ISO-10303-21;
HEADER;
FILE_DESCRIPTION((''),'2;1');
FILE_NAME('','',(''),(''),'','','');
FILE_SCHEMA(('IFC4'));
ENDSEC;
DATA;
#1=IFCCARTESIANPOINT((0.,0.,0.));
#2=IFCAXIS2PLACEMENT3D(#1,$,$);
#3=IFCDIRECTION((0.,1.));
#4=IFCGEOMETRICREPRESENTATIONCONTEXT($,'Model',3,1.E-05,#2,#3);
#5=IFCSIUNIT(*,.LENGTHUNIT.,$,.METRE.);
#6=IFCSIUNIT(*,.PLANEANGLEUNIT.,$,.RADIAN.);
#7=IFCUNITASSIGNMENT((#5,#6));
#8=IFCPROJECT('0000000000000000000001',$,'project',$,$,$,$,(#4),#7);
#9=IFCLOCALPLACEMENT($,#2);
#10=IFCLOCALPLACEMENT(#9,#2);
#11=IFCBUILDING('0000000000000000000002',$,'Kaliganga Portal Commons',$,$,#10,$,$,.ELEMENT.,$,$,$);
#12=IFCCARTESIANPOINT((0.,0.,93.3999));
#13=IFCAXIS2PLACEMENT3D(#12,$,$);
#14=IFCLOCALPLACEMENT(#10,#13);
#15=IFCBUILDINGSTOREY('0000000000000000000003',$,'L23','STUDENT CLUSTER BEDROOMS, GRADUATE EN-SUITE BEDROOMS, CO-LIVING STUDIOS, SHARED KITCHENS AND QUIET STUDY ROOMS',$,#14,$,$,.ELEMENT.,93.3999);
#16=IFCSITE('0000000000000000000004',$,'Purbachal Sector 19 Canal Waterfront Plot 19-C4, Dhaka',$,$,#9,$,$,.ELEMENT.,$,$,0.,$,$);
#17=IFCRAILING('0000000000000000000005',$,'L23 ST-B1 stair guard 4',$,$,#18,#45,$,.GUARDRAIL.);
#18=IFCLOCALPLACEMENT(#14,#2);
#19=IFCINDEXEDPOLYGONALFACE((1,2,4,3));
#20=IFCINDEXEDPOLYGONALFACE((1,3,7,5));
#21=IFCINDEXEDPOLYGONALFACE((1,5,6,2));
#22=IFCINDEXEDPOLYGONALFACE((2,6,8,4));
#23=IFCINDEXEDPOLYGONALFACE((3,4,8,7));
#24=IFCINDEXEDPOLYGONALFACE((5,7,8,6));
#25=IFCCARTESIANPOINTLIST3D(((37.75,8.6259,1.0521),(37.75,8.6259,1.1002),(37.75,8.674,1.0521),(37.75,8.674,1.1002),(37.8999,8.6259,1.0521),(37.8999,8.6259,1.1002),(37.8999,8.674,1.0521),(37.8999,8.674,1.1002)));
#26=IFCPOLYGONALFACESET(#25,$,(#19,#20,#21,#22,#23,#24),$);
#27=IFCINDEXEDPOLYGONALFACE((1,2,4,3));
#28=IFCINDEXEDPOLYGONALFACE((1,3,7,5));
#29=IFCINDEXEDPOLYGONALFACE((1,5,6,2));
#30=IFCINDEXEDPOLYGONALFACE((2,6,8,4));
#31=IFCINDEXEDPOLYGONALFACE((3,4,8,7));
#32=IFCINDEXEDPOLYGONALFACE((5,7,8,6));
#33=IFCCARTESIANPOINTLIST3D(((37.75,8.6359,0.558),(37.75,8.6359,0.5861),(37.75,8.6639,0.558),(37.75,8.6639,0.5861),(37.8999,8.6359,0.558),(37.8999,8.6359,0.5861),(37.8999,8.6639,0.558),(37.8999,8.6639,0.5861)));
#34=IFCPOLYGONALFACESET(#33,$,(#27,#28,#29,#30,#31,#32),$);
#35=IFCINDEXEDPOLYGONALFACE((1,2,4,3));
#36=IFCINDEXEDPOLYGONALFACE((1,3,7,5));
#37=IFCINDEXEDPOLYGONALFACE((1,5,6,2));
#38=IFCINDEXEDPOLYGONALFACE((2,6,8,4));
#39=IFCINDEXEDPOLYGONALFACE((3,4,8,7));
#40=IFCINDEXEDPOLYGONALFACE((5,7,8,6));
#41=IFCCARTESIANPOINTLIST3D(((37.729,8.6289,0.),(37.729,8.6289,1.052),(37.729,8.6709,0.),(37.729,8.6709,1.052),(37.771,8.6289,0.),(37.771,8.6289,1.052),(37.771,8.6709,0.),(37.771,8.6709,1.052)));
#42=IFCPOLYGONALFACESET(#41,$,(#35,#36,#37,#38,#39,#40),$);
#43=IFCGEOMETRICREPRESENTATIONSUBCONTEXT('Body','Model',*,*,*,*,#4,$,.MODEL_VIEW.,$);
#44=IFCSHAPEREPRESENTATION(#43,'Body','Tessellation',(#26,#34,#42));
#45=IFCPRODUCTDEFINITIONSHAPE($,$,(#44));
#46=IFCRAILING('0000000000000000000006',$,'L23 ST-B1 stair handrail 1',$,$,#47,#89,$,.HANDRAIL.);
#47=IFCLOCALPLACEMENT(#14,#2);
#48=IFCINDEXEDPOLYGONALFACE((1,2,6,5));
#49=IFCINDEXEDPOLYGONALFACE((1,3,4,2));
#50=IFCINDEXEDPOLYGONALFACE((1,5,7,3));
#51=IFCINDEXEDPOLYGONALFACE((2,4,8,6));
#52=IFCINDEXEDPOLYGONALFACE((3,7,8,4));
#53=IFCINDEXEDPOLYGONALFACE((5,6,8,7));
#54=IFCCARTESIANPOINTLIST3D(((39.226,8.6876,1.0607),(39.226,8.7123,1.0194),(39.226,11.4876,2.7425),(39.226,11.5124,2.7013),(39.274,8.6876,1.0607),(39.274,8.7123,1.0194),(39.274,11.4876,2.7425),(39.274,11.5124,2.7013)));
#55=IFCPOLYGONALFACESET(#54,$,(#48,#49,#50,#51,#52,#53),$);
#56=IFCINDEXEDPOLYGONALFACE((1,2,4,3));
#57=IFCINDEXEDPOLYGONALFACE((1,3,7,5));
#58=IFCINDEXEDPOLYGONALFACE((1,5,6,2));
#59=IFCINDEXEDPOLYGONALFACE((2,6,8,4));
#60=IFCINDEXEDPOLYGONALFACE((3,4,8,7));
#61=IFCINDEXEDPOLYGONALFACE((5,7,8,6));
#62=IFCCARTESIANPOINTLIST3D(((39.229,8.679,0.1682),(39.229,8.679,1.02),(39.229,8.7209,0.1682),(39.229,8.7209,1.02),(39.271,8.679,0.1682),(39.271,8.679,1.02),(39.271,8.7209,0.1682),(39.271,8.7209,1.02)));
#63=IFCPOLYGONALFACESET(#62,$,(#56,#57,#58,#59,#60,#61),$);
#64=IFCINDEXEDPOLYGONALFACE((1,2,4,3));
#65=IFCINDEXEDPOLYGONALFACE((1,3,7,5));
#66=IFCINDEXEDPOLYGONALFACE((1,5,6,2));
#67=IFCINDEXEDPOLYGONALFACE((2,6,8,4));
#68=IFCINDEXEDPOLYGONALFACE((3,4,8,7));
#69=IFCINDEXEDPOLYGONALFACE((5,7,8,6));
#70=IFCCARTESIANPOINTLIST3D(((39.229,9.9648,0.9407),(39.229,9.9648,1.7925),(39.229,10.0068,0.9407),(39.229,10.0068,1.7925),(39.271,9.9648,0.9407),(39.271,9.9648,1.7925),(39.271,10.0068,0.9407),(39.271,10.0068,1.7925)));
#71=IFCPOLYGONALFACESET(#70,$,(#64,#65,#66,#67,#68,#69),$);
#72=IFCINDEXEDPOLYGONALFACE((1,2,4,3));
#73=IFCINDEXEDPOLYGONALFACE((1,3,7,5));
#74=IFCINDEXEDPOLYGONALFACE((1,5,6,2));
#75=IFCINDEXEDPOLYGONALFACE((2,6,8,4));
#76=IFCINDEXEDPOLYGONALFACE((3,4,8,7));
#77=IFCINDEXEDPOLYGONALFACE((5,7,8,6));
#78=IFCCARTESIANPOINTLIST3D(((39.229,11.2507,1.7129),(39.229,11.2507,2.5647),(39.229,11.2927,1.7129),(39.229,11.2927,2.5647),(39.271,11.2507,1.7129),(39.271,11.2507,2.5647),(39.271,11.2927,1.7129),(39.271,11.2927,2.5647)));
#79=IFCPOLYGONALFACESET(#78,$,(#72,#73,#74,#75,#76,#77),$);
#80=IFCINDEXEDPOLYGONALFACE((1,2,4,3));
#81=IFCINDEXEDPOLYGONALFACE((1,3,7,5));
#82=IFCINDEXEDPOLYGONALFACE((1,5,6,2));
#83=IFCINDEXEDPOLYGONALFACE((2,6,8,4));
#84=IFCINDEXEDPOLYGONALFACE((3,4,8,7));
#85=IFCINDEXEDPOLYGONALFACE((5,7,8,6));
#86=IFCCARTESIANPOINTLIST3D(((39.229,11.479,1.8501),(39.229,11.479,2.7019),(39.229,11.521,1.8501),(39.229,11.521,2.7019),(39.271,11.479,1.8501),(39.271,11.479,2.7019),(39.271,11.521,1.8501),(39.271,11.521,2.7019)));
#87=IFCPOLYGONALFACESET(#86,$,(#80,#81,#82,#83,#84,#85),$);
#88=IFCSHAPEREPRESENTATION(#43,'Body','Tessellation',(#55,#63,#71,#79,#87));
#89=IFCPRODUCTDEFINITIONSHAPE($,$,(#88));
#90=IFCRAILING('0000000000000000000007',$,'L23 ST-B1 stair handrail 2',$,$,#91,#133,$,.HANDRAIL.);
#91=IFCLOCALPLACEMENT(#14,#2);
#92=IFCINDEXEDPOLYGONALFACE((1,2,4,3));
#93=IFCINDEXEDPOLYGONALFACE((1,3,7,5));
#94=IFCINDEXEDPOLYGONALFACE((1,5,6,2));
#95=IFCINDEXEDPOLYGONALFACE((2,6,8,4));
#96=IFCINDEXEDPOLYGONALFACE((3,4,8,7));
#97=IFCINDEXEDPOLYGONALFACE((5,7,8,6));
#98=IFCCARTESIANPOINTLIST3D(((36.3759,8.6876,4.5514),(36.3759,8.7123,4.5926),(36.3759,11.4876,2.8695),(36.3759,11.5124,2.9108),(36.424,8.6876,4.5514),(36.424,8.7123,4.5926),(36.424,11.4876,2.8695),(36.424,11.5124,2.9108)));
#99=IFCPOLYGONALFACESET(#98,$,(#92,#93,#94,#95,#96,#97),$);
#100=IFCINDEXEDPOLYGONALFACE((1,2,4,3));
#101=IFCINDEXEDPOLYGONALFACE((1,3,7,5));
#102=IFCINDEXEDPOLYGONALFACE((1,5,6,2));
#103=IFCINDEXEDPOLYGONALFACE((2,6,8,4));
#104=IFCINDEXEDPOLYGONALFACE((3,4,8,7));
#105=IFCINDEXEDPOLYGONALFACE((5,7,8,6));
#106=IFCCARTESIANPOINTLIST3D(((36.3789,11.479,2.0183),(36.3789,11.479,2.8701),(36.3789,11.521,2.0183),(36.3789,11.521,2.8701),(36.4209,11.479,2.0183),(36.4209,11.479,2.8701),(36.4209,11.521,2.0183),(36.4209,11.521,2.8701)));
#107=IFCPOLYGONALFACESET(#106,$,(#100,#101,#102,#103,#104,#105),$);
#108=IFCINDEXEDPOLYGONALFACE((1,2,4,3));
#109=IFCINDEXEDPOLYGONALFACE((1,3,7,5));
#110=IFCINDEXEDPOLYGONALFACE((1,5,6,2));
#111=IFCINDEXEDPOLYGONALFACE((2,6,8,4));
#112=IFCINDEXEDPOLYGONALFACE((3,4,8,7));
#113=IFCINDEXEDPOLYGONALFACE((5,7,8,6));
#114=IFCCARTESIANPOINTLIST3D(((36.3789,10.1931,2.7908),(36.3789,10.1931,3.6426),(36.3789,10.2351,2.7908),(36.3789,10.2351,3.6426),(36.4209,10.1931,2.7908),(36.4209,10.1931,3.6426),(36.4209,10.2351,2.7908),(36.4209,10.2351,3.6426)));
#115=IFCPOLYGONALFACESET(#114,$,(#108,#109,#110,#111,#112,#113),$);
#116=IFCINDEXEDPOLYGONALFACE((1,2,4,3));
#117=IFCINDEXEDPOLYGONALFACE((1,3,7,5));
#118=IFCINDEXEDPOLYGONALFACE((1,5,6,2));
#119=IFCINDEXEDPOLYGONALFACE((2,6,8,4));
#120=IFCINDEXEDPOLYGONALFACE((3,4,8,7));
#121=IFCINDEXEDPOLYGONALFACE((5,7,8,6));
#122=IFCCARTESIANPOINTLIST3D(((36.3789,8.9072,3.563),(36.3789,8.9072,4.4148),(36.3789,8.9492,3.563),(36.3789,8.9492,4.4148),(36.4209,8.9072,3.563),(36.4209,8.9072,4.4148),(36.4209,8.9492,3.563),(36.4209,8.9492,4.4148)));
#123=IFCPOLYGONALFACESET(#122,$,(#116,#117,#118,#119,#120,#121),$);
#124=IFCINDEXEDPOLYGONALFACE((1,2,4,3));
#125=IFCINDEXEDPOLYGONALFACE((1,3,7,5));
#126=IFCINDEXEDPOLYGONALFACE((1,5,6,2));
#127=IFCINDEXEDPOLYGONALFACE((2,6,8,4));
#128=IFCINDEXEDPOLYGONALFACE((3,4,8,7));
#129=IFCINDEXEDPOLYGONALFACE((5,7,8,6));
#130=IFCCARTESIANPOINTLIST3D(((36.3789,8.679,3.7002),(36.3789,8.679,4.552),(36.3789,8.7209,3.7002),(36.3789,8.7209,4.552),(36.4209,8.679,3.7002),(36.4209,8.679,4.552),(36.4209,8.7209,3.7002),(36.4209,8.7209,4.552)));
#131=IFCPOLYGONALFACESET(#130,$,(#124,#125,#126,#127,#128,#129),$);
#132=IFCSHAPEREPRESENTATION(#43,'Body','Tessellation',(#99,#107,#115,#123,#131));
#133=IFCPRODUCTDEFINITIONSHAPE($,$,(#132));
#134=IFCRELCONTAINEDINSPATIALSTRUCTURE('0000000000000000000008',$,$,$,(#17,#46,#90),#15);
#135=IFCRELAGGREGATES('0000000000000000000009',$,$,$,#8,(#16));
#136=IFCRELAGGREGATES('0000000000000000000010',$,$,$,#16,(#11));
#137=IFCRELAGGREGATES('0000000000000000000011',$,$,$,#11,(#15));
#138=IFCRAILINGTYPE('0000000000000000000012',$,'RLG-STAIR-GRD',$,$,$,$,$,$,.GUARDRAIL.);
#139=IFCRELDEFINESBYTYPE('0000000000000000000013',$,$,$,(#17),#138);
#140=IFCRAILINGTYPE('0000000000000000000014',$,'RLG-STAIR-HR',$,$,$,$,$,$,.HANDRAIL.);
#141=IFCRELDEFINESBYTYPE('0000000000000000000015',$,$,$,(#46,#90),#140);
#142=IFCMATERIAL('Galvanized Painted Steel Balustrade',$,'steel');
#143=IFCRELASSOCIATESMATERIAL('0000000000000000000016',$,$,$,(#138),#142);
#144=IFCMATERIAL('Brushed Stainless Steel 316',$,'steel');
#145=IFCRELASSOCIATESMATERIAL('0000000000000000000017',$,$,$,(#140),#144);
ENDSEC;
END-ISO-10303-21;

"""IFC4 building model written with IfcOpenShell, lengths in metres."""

from ifc_helpers import new_model, si_unit, direction, frame, origin, origin_2d, place, context, subcontext, project, spatial, rectangle, extrude, material, type_object, element, save


model = new_model("IFC4")

# Units and contexts
model_context = context("Model", 3, precision=1e-05, world=origin(), true_north=direction((0.0, 1.0)))
body_context = subcontext(model_context, "Body", "Model", "MODEL_VIEW")
ifc_project = project(units=[si_unit("LENGTHUNIT", "METRE"), si_unit("PLANEANGLEUNIT", "RADIAN")], contexts=[model_context])

# Site, building, storey
site_placement = place(None, origin())
site = spatial("IfcSite", under=ifc_project, at=site_placement, Name="Purbachal Sector 19 Canal Waterfront Plot 19-C4, Dhaka", CompositionType="ELEMENT", RefElevation=0.0)
building_placement = place(site_placement, origin())
building = spatial("IfcBuilding", under=site, at=building_placement, Name="Kaliganga Portal Commons", CompositionType="ELEMENT")
storey_placement = place(building_placement, frame((0.0, 0.0, 93.3999)))
storey = spatial("IfcBuildingStorey", under=building, at=storey_placement, Name="L23", Description="STUDENT CLUSTER BEDROOMS, GRADUATE EN-SUITE BEDROOMS, CO-LIVING STUDIOS, SHARED KITCHENS AND QUIET STUDY ROOMS", CompositionType="ELEMENT", Elevation=93.3999)

# Railings
ifc_material_1 = material(Name="Galvanized Painted Steel Balustrade", Category="steel")
railing_type_1 = type_object("IfcRailingType", Name="RLG-STAIR-GRD", PredefinedType="GUARDRAIL", material=ifc_material_1)
railing_1_placement = place(storey_placement, frame((37.8999, 8.6499, 0.0)))
element("IfcRailing", 1, at=railing_1_placement, inside=storey, type_object=railing_type_1, Name="L23 ST-B1 stair guard 4", PredefinedType="GUARDRAIL", context=body_context, shape_type="SweptSolid", body=[
    extrude(rectangle(XDim=0.0481, YDim=0.0481, at=origin_2d()), frame((0.0, 0.0, 1.0762), z_axis=(-1.0, 0.0, 0.0), x_axis=(0.0, -1.0, 0.0)), (0.0, 0.0, 1.0), 0.1499),
    extrude(rectangle(XDim=0.0281, YDim=0.0281, at=origin_2d()), frame((0.0, 0.0, 0.572), z_axis=(-1.0, 0.0, 0.0), x_axis=(0.0, -1.0, 0.0)), (0.0, 0.0, 1.0), 0.1499),
    extrude(rectangle(XDim=0.042, YDim=0.042, at=origin_2d()), frame((-0.1499, 0.0, 0.0)), (0.0, 0.0, 1.0), 1.052),
])
ifc_material_2 = material(Name="Brushed Stainless Steel 316", Category="steel")
railing_type_2 = type_object("IfcRailingType", Name="RLG-STAIR-HR", PredefinedType="HANDRAIL", material=ifc_material_2)
railing_2_placement = place(storey_placement, frame((39.25, 8.7, 0.1682)))
element("IfcRailing", 2, at=railing_2_placement, inside=storey, type_object=railing_type_2, Name="L23 ST-B1 stair handrail 1", PredefinedType="HANDRAIL", context=body_context, shape_type="SweptSolid", body=[
    extrude(rectangle(XDim=0.0481, YDim=0.0481, at=origin_2d()), frame((0.0, 0.0, 0.8718), z_axis=(0.0, 0.857242, 0.514913), x_axis=(-1.0, 0.0, 0.0)), (0.0, 0.0, 1.0), 3.2664),
    extrude(rectangle(XDim=0.042, YDim=0.042, at=origin_2d()), origin(), (0.0, 0.0, 1.0), 0.8518),
    extrude(rectangle(XDim=0.042, YDim=0.042, at=origin_2d()), frame((0.0, 1.2859, 0.7725)), (0.0, 0.0, 1.0), 0.8518),
    extrude(rectangle(XDim=0.042, YDim=0.042, at=origin_2d()), frame((0.0, 2.5718, 1.5447)), (0.0, 0.0, 1.0), 0.8518),
    extrude(rectangle(XDim=0.042, YDim=0.042, at=origin_2d()), frame((0.0, 2.8, 1.6819)), (0.0, 0.0, 1.0), 0.8518),
])
railing_3_placement = place(storey_placement, frame((36.3999, 11.5, 2.0183)))
element("IfcRailing", 3, at=railing_3_placement, inside=storey, type_object=railing_type_2, Name="L23 ST-B1 stair handrail 2", PredefinedType="HANDRAIL", context=body_context, shape_type="SweptSolid", body=[
    extrude(rectangle(XDim=0.0481, YDim=0.0481, at=origin_2d()), frame((0.0, 0.0, 0.8718), z_axis=(0.0, -0.857242, 0.514913), x_axis=(1.0, 0.0, 0.0)), (0.0, 0.0, 1.0), 3.2664),
    extrude(rectangle(XDim=0.042, YDim=0.042, at=origin_2d()), origin(), (0.0, 0.0, 1.0), 0.8518),
    extrude(rectangle(XDim=0.042, YDim=0.042, at=origin_2d()), frame((0.0, -1.2859, 0.7725)), (0.0, 0.0, 1.0), 0.8518),
    extrude(rectangle(XDim=0.042, YDim=0.042, at=origin_2d()), frame((0.0, -2.5718, 1.5447)), (0.0, 0.0, 1.0), 0.8518),
    extrude(rectangle(XDim=0.042, YDim=0.042, at=origin_2d()), frame((0.0, -2.8, 1.6819)), (0.0, 0.0, 1.0), 0.8518),
])

save(model, "model.ifc")
